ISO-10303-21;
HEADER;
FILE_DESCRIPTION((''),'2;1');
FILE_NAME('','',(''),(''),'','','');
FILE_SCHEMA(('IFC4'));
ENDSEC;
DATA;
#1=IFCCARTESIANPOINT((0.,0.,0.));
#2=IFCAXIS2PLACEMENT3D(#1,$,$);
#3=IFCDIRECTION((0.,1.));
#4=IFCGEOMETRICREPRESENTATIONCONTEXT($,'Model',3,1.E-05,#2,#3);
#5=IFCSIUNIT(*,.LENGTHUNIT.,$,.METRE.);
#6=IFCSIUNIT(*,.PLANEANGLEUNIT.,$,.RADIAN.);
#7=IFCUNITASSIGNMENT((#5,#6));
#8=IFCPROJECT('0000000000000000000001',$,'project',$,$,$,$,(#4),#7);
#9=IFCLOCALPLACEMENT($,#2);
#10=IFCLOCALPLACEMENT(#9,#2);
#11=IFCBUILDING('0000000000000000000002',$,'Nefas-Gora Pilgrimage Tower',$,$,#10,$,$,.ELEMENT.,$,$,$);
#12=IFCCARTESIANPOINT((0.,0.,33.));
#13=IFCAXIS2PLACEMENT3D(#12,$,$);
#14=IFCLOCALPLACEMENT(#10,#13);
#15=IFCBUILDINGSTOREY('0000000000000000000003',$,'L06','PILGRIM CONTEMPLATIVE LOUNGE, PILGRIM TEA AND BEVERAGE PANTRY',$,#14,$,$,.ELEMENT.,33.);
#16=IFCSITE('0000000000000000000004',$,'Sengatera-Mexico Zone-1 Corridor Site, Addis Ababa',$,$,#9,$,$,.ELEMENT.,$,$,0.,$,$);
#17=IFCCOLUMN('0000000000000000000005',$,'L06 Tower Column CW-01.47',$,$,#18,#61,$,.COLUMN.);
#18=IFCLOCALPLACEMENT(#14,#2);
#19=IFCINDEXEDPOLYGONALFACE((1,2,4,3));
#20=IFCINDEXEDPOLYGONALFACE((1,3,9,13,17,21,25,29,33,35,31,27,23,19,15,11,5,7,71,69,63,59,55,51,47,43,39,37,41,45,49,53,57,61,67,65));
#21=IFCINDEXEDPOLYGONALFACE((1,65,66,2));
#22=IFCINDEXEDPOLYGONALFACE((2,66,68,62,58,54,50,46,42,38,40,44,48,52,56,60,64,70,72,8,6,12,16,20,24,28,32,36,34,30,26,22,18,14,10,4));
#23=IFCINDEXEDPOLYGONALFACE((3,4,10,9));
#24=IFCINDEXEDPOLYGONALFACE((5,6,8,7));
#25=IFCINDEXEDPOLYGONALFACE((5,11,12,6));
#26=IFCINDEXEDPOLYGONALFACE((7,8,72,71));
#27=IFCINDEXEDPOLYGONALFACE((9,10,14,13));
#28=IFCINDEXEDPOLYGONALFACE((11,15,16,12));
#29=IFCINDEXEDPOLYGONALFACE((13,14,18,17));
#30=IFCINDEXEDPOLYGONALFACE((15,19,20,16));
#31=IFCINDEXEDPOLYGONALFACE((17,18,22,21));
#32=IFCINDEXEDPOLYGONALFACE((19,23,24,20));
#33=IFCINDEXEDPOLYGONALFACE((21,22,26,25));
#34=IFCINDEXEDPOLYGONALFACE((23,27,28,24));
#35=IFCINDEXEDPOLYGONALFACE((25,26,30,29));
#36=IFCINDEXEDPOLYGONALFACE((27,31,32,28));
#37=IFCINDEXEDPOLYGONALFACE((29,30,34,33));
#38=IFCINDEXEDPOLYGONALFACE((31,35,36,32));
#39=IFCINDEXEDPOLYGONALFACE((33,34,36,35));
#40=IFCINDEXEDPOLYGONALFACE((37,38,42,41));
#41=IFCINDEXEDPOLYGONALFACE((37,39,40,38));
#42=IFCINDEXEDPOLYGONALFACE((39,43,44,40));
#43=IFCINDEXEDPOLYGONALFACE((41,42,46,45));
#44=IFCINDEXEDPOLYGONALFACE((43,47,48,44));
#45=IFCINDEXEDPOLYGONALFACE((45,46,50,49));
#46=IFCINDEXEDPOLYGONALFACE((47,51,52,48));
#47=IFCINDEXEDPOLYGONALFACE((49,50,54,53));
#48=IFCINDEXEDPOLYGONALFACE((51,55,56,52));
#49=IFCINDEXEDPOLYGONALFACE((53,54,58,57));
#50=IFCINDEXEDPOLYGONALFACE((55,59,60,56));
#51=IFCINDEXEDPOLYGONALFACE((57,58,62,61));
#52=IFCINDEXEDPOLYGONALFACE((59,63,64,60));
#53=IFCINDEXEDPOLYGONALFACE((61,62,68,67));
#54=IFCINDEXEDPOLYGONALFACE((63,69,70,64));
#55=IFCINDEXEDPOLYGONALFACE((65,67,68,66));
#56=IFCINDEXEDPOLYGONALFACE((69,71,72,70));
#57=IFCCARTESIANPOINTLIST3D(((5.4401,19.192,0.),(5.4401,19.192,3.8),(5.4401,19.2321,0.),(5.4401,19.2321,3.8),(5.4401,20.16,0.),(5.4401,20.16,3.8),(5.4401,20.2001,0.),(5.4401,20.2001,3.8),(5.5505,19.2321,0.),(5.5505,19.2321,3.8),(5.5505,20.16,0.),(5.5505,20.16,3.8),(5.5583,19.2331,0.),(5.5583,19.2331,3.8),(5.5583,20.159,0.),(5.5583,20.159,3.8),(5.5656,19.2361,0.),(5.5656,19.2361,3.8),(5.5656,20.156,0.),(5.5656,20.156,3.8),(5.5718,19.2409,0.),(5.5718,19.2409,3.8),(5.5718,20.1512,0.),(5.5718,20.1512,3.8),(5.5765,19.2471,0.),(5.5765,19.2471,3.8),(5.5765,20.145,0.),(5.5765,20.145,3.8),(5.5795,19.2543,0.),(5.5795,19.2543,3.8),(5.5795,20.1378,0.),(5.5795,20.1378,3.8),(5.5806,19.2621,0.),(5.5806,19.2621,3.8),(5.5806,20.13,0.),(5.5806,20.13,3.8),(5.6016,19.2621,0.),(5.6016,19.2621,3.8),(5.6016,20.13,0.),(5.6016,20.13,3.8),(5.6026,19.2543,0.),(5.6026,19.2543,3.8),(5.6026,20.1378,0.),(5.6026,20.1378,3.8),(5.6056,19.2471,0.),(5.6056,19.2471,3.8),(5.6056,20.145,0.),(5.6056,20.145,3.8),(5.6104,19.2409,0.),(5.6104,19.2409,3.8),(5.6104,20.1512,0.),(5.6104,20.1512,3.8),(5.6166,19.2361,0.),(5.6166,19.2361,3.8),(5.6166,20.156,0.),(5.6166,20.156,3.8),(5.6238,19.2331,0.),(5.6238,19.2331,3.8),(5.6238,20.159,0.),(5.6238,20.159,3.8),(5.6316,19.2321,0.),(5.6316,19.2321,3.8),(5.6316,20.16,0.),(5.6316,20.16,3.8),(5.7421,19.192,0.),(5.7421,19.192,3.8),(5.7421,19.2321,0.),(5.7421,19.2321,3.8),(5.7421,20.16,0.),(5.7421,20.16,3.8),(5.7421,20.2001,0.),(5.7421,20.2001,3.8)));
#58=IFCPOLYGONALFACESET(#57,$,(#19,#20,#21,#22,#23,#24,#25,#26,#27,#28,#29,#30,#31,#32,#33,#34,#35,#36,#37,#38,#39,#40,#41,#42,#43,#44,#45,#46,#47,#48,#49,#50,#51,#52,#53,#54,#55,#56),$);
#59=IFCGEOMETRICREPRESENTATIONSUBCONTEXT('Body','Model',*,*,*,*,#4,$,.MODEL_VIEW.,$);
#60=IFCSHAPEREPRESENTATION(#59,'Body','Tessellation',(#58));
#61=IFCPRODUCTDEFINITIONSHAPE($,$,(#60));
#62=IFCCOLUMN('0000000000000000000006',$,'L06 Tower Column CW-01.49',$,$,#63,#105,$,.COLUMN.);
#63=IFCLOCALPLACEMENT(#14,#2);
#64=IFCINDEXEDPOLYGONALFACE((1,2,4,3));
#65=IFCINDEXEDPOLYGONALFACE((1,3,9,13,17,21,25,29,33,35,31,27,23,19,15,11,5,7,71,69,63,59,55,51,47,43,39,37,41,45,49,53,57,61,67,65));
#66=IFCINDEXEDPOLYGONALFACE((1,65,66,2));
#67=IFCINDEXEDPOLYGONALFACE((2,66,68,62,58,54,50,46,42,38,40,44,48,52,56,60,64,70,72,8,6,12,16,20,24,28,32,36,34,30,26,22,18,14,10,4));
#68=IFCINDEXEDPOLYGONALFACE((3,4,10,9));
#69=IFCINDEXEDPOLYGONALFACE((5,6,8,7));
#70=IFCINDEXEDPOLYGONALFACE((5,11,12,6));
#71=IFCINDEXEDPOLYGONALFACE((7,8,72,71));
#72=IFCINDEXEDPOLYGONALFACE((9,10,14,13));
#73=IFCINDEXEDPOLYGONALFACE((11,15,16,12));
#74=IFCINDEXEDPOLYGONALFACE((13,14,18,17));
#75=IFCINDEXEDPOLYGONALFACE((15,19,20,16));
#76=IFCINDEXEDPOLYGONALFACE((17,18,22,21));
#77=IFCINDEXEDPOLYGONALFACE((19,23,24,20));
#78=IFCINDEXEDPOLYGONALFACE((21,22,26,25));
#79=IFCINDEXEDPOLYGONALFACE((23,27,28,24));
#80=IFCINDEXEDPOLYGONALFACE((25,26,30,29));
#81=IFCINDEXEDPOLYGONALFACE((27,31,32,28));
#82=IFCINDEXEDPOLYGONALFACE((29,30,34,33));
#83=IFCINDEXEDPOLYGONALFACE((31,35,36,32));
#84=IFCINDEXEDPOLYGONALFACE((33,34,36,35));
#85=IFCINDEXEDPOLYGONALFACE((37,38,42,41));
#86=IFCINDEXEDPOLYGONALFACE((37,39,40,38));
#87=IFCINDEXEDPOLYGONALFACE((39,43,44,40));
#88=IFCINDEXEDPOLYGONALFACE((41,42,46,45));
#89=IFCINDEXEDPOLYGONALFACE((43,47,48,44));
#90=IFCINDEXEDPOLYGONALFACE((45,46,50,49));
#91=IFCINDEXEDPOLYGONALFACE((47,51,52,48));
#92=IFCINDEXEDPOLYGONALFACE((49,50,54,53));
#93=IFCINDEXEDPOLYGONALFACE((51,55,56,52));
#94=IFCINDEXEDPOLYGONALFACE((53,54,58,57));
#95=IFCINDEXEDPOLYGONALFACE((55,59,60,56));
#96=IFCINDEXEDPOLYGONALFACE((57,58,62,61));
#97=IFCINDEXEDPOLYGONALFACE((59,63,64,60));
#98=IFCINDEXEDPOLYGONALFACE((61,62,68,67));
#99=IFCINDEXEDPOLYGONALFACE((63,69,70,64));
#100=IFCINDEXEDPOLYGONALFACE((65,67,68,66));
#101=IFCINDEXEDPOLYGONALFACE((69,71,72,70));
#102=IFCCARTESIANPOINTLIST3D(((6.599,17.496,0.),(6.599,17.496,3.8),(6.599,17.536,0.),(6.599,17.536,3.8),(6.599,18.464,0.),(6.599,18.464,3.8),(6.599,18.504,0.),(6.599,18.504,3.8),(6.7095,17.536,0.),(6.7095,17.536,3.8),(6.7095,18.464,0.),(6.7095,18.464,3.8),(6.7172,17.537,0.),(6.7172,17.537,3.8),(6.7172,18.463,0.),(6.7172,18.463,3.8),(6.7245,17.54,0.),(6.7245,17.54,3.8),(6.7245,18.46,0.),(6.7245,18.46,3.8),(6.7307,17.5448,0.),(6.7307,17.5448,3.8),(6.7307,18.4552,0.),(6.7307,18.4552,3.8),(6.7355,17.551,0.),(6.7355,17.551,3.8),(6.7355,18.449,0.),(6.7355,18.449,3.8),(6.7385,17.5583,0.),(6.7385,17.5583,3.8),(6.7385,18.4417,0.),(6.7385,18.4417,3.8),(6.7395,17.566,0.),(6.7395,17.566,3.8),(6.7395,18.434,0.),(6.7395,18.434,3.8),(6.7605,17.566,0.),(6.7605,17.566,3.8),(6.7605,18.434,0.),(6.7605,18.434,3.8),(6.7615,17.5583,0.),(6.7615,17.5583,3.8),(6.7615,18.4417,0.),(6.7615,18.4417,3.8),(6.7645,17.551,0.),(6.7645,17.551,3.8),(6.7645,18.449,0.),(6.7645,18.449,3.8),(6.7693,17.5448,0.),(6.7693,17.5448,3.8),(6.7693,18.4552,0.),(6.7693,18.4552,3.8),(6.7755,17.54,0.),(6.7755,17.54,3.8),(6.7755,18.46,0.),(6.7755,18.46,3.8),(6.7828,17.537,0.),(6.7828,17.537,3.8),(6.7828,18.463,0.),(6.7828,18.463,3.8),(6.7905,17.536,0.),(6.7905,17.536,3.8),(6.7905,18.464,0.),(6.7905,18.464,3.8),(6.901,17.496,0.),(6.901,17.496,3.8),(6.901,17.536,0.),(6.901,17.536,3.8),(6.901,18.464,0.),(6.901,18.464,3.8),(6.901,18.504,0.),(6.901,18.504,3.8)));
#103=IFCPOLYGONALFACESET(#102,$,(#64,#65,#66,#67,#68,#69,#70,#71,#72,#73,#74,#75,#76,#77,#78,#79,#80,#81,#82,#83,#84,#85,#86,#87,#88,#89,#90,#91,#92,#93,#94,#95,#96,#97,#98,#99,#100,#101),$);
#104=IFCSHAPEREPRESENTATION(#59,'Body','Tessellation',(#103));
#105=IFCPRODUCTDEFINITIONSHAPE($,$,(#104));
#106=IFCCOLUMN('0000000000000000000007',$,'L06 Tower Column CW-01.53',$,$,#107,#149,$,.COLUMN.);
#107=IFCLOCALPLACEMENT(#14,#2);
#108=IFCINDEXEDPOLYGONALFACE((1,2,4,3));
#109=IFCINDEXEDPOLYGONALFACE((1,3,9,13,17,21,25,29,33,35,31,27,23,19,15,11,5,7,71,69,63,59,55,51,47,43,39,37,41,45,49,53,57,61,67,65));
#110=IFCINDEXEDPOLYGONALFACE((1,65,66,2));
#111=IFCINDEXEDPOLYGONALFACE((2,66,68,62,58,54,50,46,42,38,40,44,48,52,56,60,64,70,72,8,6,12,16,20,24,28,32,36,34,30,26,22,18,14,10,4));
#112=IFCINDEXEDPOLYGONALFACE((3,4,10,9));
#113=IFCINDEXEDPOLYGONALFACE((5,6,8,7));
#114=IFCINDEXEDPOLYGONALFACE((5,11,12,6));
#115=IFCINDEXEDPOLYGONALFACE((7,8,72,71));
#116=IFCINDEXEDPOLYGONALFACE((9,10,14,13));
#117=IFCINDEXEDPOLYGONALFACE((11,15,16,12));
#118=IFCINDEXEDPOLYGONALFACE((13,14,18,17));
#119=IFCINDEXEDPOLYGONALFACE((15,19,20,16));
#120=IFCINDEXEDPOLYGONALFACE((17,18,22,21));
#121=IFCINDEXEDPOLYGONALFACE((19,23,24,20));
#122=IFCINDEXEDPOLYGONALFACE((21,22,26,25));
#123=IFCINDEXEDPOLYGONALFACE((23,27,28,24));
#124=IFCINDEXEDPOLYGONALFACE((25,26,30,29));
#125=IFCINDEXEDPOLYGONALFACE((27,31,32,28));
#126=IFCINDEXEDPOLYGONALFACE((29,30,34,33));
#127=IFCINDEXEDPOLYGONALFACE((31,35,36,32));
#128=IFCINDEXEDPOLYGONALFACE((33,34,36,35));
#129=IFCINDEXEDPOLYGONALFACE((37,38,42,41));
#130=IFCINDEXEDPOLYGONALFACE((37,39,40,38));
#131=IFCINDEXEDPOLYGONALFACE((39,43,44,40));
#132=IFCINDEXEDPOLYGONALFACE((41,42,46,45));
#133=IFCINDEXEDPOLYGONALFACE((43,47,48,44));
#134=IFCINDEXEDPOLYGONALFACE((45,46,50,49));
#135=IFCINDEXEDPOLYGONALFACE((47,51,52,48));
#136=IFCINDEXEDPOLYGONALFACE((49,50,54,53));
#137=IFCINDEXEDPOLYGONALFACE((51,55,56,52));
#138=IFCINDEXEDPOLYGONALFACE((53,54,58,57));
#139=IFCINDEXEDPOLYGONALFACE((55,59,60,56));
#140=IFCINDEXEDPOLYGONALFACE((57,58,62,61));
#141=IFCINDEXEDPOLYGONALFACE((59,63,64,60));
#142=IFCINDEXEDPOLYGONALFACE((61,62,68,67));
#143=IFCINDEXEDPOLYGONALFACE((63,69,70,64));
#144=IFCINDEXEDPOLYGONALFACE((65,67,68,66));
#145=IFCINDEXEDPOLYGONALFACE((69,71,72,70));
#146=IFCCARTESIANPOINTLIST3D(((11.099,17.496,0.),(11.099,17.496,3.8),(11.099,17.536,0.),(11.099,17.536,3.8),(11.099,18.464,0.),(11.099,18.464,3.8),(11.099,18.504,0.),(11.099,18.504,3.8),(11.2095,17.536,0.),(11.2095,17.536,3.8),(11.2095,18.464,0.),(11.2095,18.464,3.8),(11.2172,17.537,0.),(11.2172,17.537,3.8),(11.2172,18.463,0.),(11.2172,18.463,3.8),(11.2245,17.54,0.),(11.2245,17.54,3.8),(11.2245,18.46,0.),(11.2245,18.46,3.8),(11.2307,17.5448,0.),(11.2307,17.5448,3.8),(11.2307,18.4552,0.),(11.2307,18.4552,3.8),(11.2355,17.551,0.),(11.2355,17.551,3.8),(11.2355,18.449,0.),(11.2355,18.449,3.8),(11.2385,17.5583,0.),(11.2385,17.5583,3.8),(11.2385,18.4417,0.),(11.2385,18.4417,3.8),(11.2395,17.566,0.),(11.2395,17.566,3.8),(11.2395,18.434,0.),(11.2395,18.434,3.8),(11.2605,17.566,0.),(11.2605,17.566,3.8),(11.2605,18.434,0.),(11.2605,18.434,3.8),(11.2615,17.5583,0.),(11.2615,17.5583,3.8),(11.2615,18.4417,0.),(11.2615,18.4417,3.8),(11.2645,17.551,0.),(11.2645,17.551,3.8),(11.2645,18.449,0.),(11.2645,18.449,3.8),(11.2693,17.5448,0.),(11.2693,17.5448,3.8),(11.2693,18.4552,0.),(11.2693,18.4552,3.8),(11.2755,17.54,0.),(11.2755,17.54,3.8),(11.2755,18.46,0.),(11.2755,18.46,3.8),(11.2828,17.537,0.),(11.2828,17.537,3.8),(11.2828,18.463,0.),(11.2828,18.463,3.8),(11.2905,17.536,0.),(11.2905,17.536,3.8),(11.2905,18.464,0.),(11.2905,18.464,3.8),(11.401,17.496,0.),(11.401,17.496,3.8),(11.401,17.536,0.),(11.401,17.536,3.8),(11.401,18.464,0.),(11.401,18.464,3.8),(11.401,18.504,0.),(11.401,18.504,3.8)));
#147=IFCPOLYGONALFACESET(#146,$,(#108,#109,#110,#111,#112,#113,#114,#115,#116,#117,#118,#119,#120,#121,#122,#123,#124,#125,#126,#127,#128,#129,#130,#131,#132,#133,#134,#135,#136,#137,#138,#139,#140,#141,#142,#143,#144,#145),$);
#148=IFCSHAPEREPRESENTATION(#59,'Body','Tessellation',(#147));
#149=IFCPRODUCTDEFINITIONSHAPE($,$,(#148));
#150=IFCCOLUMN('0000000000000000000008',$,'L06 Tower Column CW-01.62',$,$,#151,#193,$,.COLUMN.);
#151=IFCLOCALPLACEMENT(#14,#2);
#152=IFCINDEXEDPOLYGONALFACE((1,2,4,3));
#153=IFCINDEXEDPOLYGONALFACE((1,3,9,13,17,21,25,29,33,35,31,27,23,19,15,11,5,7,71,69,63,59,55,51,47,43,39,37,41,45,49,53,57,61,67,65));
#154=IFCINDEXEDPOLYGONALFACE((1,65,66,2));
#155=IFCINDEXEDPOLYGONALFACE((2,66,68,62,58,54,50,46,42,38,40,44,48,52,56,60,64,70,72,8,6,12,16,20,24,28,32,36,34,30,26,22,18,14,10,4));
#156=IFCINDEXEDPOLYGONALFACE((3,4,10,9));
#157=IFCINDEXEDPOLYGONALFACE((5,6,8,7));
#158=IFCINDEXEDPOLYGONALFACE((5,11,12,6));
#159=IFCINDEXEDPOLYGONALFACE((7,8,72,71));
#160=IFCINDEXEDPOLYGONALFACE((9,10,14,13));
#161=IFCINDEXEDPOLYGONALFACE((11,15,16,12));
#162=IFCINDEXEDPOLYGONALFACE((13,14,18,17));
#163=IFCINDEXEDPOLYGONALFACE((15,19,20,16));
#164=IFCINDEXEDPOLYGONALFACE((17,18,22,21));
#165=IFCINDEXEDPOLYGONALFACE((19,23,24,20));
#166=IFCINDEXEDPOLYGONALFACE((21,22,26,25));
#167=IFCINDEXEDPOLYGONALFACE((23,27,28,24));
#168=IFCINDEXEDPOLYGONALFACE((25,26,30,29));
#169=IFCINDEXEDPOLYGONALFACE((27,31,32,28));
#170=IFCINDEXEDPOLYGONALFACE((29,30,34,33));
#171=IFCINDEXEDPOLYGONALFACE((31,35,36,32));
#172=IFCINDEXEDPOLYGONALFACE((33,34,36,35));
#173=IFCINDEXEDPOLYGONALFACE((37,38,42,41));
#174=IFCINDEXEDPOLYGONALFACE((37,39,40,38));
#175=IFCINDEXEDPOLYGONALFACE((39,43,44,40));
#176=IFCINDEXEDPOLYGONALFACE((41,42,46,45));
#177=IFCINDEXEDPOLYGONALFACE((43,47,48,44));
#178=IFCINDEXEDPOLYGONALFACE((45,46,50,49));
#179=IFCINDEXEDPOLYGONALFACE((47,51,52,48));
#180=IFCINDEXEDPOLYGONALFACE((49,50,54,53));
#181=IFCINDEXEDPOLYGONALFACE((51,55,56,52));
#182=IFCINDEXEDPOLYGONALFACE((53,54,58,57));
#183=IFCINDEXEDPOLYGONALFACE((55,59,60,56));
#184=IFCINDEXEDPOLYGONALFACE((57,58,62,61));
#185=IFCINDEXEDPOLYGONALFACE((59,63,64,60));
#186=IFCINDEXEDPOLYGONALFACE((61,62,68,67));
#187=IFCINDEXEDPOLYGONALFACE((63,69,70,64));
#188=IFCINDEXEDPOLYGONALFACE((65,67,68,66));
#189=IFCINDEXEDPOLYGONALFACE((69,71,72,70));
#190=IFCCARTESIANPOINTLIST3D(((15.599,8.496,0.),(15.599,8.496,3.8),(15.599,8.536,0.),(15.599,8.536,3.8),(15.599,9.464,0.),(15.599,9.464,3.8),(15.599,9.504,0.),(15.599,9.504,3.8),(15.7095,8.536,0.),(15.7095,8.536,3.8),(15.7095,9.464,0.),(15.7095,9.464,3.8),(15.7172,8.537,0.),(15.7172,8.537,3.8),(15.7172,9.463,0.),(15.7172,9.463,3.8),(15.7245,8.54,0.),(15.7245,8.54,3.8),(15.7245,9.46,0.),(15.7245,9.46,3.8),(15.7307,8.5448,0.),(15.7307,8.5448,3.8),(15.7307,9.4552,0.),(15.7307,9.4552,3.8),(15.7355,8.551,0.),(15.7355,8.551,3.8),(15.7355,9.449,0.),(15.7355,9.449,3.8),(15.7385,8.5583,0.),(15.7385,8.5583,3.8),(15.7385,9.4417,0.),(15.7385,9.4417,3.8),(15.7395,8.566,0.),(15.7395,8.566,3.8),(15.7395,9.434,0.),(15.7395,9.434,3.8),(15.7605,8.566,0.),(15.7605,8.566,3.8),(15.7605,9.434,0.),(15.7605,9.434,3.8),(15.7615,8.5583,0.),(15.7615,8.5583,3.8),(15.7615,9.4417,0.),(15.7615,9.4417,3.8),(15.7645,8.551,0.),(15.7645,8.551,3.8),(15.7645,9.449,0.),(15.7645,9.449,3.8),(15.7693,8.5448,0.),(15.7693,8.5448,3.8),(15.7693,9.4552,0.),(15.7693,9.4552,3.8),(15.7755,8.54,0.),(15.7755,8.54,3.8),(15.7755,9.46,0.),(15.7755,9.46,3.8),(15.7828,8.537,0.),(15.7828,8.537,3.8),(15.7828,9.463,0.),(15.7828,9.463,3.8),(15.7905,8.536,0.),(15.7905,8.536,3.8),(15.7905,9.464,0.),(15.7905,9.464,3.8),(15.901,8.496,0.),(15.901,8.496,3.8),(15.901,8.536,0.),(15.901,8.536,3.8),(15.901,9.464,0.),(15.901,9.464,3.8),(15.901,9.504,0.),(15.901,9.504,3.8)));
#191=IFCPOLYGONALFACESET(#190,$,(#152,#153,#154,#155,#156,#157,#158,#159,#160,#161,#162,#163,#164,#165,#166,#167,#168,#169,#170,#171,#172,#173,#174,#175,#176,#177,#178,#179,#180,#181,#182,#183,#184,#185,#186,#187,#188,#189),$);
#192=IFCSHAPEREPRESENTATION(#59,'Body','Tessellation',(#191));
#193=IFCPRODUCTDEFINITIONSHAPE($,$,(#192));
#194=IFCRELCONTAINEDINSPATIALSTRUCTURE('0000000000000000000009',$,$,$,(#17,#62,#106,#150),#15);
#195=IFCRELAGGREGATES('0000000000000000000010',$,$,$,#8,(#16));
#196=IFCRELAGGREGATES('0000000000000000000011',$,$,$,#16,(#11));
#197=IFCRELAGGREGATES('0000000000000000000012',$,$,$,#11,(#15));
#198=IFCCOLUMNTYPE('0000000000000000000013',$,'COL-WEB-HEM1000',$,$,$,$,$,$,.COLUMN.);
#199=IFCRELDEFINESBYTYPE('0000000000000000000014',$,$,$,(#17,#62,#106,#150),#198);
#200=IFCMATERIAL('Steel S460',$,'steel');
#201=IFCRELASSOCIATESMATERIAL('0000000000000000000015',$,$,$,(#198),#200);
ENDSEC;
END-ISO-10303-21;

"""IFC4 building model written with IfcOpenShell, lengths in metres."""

from ifc_helpers import new_model, si_unit, direction, frame, origin, origin_2d, place, context, subcontext, project, spatial, i_section, extrude, source, transform, mapped, material, material_profile, profile_set, type_object, element, save


model = new_model("IFC4")

# Units and contexts
model_context = context("Model", 3, precision=1e-05, world=origin(), true_north=direction((0.0, 1.0)))
body_context = subcontext(model_context, "Body", "Model", "MODEL_VIEW")
ifc_project = project(units=[si_unit("LENGTHUNIT", "METRE"), si_unit("PLANEANGLEUNIT", "RADIAN")], contexts=[model_context])

# Site, building, storey
site_placement = place(None, origin())
site = spatial("IfcSite", under=ifc_project, at=site_placement, Name="Sengatera-Mexico Zone-1 Corridor Site, Addis Ababa", CompositionType="ELEMENT", RefElevation=0.0)
building_placement = place(site_placement, origin())
building = spatial("IfcBuilding", under=site, at=building_placement, Name="Nefas-Gora Pilgrimage Tower", CompositionType="ELEMENT")
storey_placement = place(building_placement, frame((0.0, 0.0, 33.0)))
storey = spatial("IfcBuildingStorey", under=building, at=storey_placement, Name="L06", Description="PILGRIM CONTEMPLATIVE LOUNGE, PILGRIM TEA AND BEVERAGE PANTRY", CompositionType="ELEMENT", Elevation=33.0)

# Columns
ifc_material_1 = material(Name="Steel S460", Category="steel")
ifc_material_profile_1 = material_profile(ifc_material_1, i_section(OverallWidth=0.302, OverallDepth=1.0081, WebThickness=0.021, FlangeThickness=0.04, FilletRadius=0.03, at=origin_2d()), Name="HEM 1000")
ifc_profile_set_1 = profile_set([ifc_material_profile_1], Name="Steel S460")
column_type_1 = type_object("IfcColumnType", Name="COL-WEB-HEM1000", PredefinedType="COLUMN", material=ifc_profile_set_1)
shared_shape_1 = source(origin(), body_context, "Body", "SweptSolid", [
    extrude(i_section(OverallWidth=0.302, OverallDepth=1.0081, WebThickness=0.021, FlangeThickness=0.04, FilletRadius=0.03, at=origin_2d()), origin(), (0.0, 0.0, 1.0), 3.8),
])
for number, where, z_axis, x_axis, name in (
    (1, (5.5911, 19.696, 0.0), (0.0, 0.0, 1.0), (1.0, 0.0, 0.0), "L06 Tower Column CW-01.47"),
    (2, (6.75, 18.0, 0.0), (0.0, 0.0, 1.0), (1.0, 0.0, 0.0), "L06 Tower Column CW-01.49"),
    (3, (11.25, 18.0, 0.0), (0.0, 0.0, 1.0), (1.0, 0.0, 0.0), "L06 Tower Column CW-01.53"),
    (4, (15.75, 9.0, 0.0), (0.0, 0.0, 1.0), (1.0, 0.0, 0.0), "L06 Tower Column CW-01.62"),
):
    element("IfcColumn", number, at=place(storey_placement, frame(where, z_axis=z_axis, x_axis=x_axis)), inside=storey, type_object=column_type_1, Name=name, PredefinedType="COLUMN", context=body_context, shape_type="MappedRepresentation", body=[
        mapped(shared_shape_1, transform((0.0, 0.0, 0.0), x_axis=(1.0, 0.0, 0.0), y_axis=(0.0, 1.0, 0.0), z_axis=(0.0, 0.0, 1.0), scale=1.0)),
    ])

save(model, "model.ifc")
